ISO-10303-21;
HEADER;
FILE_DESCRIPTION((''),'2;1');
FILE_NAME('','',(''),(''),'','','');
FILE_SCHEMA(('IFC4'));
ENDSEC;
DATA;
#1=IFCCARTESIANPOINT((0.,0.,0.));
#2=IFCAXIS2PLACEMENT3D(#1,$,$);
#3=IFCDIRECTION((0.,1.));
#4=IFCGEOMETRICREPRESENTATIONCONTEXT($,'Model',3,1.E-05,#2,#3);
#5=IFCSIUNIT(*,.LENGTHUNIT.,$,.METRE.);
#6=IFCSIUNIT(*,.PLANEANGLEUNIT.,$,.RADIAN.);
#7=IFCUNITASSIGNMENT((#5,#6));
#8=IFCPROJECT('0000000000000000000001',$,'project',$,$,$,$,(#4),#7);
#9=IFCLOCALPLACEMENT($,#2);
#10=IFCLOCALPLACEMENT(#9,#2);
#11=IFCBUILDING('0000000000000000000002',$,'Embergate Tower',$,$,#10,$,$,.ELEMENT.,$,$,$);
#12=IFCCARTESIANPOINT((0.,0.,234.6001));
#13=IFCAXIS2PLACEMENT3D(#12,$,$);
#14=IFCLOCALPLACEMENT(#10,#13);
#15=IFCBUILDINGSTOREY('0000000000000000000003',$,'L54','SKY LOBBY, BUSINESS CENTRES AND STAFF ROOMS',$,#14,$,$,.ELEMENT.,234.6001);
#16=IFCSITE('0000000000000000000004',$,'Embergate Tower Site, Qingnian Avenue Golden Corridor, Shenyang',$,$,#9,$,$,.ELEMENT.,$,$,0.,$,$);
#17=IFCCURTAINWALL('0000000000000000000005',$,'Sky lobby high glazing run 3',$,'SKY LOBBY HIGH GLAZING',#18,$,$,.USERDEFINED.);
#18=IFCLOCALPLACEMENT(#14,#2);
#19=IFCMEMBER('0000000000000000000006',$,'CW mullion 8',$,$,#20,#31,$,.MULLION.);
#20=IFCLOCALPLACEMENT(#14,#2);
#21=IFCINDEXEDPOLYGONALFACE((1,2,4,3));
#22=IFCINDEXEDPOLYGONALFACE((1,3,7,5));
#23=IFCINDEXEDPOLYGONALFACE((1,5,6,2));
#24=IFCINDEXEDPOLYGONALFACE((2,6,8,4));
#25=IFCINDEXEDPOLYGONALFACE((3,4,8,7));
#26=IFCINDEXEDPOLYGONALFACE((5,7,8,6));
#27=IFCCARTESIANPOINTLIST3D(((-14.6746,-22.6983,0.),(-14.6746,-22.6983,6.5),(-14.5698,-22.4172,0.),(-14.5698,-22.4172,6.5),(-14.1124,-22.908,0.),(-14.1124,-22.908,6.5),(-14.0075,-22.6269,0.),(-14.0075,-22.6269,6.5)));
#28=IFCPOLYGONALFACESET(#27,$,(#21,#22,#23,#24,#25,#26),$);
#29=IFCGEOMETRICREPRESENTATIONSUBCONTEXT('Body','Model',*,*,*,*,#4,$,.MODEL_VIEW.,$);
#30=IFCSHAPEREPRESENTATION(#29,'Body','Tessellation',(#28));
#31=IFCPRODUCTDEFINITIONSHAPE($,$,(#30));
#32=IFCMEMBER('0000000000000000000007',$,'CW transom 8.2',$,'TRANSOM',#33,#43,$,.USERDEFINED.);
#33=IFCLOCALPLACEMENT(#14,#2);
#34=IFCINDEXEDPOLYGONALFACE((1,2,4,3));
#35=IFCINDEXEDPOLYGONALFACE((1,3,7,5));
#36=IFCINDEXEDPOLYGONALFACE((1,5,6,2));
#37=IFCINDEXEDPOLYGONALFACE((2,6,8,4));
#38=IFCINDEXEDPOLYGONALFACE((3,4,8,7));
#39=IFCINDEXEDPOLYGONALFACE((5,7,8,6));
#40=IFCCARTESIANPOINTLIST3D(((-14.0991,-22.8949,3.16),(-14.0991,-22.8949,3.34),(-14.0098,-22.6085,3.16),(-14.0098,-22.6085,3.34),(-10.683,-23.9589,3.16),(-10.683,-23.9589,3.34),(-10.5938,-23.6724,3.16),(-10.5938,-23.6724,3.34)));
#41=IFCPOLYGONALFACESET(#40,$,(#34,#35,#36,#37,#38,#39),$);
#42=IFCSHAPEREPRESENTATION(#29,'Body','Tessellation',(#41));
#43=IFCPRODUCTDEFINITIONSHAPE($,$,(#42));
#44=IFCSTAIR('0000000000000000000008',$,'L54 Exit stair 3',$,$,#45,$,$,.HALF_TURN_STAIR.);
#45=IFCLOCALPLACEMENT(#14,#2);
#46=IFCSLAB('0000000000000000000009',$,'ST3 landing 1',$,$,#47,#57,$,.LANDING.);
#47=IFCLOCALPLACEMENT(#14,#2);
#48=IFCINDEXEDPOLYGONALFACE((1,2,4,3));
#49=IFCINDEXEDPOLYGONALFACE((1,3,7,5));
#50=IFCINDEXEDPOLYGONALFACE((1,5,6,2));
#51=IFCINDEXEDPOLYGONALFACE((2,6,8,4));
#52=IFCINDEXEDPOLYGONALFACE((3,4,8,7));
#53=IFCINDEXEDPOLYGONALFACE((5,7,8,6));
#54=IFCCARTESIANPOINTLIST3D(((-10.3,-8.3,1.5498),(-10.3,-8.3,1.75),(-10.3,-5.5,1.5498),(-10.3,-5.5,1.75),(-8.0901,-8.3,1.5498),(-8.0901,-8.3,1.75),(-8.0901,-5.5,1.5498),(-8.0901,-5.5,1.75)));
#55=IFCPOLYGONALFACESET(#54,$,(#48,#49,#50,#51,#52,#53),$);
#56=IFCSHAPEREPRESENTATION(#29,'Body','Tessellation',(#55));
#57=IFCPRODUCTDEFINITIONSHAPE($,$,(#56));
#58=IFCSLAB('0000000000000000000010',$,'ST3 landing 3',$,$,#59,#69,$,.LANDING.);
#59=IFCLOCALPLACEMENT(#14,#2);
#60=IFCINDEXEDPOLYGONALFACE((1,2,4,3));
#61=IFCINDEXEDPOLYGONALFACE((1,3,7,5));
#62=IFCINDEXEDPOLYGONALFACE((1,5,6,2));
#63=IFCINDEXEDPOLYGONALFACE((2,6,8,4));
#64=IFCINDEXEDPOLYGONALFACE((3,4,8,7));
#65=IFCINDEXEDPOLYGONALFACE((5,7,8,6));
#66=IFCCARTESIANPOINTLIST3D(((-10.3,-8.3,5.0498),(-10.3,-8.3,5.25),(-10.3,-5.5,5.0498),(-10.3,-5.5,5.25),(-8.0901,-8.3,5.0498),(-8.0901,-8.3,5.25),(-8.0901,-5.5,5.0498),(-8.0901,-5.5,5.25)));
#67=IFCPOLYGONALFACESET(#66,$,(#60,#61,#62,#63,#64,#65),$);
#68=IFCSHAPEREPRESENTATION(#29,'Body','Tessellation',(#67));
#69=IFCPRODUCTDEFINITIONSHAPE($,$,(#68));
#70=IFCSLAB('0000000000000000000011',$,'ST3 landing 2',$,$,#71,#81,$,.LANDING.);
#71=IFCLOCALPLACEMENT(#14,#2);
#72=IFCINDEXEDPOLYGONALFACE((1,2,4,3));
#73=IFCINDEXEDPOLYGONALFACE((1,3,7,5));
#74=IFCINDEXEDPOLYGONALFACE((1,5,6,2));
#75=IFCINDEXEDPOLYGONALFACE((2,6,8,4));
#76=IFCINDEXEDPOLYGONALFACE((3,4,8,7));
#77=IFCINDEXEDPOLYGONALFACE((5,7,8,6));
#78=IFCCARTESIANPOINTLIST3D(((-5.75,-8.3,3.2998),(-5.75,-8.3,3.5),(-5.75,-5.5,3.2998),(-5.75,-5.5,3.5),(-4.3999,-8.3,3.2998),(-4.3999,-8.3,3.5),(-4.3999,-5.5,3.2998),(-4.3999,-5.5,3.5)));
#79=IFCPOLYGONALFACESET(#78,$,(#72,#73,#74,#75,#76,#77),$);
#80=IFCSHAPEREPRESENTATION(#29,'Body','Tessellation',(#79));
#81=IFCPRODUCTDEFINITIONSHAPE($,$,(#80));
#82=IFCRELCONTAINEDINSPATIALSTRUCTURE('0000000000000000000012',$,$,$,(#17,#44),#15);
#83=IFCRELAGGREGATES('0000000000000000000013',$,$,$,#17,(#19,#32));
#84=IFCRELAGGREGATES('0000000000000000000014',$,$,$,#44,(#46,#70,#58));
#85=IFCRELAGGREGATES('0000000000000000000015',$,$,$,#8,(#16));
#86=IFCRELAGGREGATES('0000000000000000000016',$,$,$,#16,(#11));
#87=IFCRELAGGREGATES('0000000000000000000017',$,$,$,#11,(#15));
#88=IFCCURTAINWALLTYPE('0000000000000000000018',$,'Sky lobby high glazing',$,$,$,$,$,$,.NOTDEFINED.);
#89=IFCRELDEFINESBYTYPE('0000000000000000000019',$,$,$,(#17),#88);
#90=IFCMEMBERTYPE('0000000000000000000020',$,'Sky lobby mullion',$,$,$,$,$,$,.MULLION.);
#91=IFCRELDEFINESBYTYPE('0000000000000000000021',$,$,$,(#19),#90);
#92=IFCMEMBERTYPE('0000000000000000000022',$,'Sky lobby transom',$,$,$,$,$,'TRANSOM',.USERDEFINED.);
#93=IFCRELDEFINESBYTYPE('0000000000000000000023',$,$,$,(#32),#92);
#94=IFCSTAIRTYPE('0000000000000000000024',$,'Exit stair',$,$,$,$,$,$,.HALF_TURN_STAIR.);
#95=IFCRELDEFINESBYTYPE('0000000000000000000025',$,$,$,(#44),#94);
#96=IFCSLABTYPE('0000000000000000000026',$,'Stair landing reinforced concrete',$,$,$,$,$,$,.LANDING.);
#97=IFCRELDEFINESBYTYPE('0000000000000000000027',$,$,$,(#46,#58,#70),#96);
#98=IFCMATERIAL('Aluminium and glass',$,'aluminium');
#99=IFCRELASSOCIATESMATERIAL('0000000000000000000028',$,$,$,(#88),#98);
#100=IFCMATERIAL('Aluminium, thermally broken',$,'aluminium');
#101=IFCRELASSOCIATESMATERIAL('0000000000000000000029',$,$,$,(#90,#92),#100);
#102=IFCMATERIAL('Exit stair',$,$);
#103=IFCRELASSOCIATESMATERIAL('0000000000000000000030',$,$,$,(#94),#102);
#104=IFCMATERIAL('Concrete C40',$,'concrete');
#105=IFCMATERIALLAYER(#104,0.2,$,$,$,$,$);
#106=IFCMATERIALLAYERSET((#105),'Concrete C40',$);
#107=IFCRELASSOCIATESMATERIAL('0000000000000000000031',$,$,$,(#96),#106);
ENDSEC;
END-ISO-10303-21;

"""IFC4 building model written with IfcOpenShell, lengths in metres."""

from ifc_helpers import new_model, si_unit, direction, frame, origin, origin_2d, place, context, subcontext, project, spatial, polyline, rectangle, outline, extrude, source, transform, mapped, material, layer, layer_set, material_profile, profile_set, type_object, element, aggregate, save


model = new_model("IFC4")

# Units and contexts
model_context = context("Model", 3, precision=1e-05, world=origin(), true_north=direction((0.0, 1.0)))
body_context = subcontext(model_context, "Body", "Model", "MODEL_VIEW")
ifc_project = project(units=[si_unit("LENGTHUNIT", "METRE"), si_unit("PLANEANGLEUNIT", "RADIAN")], contexts=[model_context])

# Site, building, storey
site_placement = place(None, origin())
site = spatial("IfcSite", under=ifc_project, at=site_placement, Name="Embergate Tower Site, Qingnian Avenue Golden Corridor, Shenyang", CompositionType="ELEMENT", RefElevation=0.0)
building_placement = place(site_placement, origin())
building = spatial("IfcBuilding", under=site, at=building_placement, Name="Embergate Tower", CompositionType="ELEMENT")
storey_placement = place(building_placement, frame((0.0, 0.0, 234.6001)))
storey = spatial("IfcBuildingStorey", under=building, at=storey_placement, Name="L54", Description="SKY LOBBY, BUSINESS CENTRES AND STAFF ROOMS", CompositionType="ELEMENT", Elevation=234.6001)

# Curtain wall, members
ifc_material_1 = material(Name="Aluminium and glass", Category="aluminium")
curtain_wall_type = type_object("IfcCurtainWallType", Name="Sky lobby high glazing", PredefinedType="NOTDEFINED", material=ifc_material_1)
curtain_wall_placement = place(storey_placement, origin())
curtain_wall = element("IfcCurtainWall", 1, at=curtain_wall_placement, inside=storey, type_object=curtain_wall_type, Name="Sky lobby high glazing run 3", ObjectType="SKY LOBBY HIGH GLAZING", PredefinedType="USERDEFINED")
ifc_material_2 = material(Name="Aluminium, thermally broken", Category="aluminium")
ifc_material_profile_1 = material_profile(ifc_material_2, rectangle(XDim=0.3, YDim=0.6001, at=origin_2d()), Name="AL 600x300")
ifc_profile_set_1 = profile_set([ifc_material_profile_1], Name="Aluminium, thermally broken")
member_type_1 = type_object("IfcMemberType", Name="Sky lobby mullion", PredefinedType="MULLION", material=ifc_profile_set_1)
shared_shape_1 = source(origin(), body_context, "Body", "SweptSolid", [
    extrude(rectangle(XDim=0.3, YDim=0.6001, at=origin_2d()), origin(), (0.0, 0.0, 1.0), 6.5),
])
member_1_placement = place(storey_placement, frame((-14.3411, -22.6626, 0.0), z_axis=(0.0, 0.0, 1.0), x_axis=(0.349498, 0.936937, 0.0)))
member_1 = element("IfcMember", 2, at=member_1_placement, type_object=member_type_1, Name="CW mullion 8", PredefinedType="MULLION", context=body_context, shape_type="MappedRepresentation", body=[
    mapped(shared_shape_1, transform((0.0, 0.0, 0.0))),
])
ifc_material_profile_2 = material_profile(ifc_material_2, rectangle(XDim=0.3, YDim=0.1799, at=origin_2d()), Name="AL 180x300")
ifc_profile_set_2 = profile_set([ifc_material_profile_2], Name="Aluminium, thermally broken")
member_type_2 = type_object("IfcMemberType", Name="Sky lobby transom", ElementType="TRANSOM", PredefinedType="USERDEFINED", material=ifc_profile_set_2)
shared_shape_2 = source(origin(), body_context, "Body", "SweptSolid", [
    extrude(rectangle(XDim=0.3, YDim=0.1799, at=origin_2d()), origin(), (0.0, 0.0, 1.0), 3.5779),
])
member_2_placement = place(storey_placement, frame((-14.0544, -22.7517, 3.25), z_axis=(0.954761, -0.297373, 0.0), x_axis=(0.297373, 0.954761, 0.0)))
member_2 = element("IfcMember", 3, at=member_2_placement, type_object=member_type_2, Name="CW transom 8.2", ObjectType="TRANSOM", PredefinedType="USERDEFINED", context=body_context, shape_type="MappedRepresentation", body=[
    mapped(shared_shape_2, transform((0.0, 0.0, 0.0))),
])
aggregate(curtain_wall, [member_1, member_2])

# Stair, slabs
ifc_material_3 = material(Name="Exit stair")
stair_type = type_object("IfcStairType", Name="Exit stair", PredefinedType="HALF_TURN_STAIR", material=ifc_material_3)
stair_placement = place(storey_placement, origin())
stair = element("IfcStair", 4, at=stair_placement, inside=storey, type_object=stair_type, Name="L54 Exit stair 3", PredefinedType="HALF_TURN_STAIR")
ifc_material_4 = material(Name="Concrete C40", Category="concrete")
ifc_layer_1 = layer(ifc_material_4, 0.2)
ifc_layer_set_1 = layer_set([ifc_layer_1], Name="Concrete C40")
slab_type_1 = type_object("IfcSlabType", Name="Stair landing reinforced concrete", PredefinedType="LANDING", material=ifc_layer_set_1)
shared_shape_3 = source(origin(), body_context, "Body", "SweptSolid", [
    extrude(outline(polyline([(0.0, 0.0), (2.21, 0.0), (2.21, 2.8), (0.0, 2.8), (0.0, 0.0)])), origin(), (0.0, 0.0, 1.0), 0.2002),
])
slab_1_placement = place(storey_placement, frame((-10.3, -8.3, 1.5498)))
slab_1 = element("IfcSlab", 5, at=slab_1_placement, type_object=slab_type_1, Name="ST3 landing 1", PredefinedType="LANDING", context=body_context, shape_type="MappedRepresentation", body=[
    mapped(shared_shape_3, transform((0.0, 0.0, 0.0))),
])
slab_2_placement = place(storey_placement, frame((-10.3, -8.3, 5.0498)))
slab_2 = element("IfcSlab", 6, at=slab_2_placement, type_object=slab_type_1, Name="ST3 landing 3", PredefinedType="LANDING", context=body_context, shape_type="MappedRepresentation", body=[
    mapped(shared_shape_3, transform((0.0, 0.0, 0.0))),
])
shared_shape_4 = source(origin(), body_context, "Body", "SweptSolid", [
    extrude(outline(polyline([(0.0, 0.0), (1.3501, 0.0), (1.3501, 2.8), (0.0, 2.8), (0.0, 0.0)])), origin(), (0.0, 0.0, 1.0), 0.2002),
])
slab_3_placement = place(storey_placement, frame((-5.75, -8.3, 3.2998)))
slab_3 = element("IfcSlab", 7, at=slab_3_placement, type_object=slab_type_1, Name="ST3 landing 2", PredefinedType="LANDING", context=body_context, shape_type="MappedRepresentation", body=[
    mapped(shared_shape_4, transform((0.0, 0.0, 0.0))),
])

aggregate(stair, [slab_1, slab_3, slab_2])

save(model, "model.ifc")
